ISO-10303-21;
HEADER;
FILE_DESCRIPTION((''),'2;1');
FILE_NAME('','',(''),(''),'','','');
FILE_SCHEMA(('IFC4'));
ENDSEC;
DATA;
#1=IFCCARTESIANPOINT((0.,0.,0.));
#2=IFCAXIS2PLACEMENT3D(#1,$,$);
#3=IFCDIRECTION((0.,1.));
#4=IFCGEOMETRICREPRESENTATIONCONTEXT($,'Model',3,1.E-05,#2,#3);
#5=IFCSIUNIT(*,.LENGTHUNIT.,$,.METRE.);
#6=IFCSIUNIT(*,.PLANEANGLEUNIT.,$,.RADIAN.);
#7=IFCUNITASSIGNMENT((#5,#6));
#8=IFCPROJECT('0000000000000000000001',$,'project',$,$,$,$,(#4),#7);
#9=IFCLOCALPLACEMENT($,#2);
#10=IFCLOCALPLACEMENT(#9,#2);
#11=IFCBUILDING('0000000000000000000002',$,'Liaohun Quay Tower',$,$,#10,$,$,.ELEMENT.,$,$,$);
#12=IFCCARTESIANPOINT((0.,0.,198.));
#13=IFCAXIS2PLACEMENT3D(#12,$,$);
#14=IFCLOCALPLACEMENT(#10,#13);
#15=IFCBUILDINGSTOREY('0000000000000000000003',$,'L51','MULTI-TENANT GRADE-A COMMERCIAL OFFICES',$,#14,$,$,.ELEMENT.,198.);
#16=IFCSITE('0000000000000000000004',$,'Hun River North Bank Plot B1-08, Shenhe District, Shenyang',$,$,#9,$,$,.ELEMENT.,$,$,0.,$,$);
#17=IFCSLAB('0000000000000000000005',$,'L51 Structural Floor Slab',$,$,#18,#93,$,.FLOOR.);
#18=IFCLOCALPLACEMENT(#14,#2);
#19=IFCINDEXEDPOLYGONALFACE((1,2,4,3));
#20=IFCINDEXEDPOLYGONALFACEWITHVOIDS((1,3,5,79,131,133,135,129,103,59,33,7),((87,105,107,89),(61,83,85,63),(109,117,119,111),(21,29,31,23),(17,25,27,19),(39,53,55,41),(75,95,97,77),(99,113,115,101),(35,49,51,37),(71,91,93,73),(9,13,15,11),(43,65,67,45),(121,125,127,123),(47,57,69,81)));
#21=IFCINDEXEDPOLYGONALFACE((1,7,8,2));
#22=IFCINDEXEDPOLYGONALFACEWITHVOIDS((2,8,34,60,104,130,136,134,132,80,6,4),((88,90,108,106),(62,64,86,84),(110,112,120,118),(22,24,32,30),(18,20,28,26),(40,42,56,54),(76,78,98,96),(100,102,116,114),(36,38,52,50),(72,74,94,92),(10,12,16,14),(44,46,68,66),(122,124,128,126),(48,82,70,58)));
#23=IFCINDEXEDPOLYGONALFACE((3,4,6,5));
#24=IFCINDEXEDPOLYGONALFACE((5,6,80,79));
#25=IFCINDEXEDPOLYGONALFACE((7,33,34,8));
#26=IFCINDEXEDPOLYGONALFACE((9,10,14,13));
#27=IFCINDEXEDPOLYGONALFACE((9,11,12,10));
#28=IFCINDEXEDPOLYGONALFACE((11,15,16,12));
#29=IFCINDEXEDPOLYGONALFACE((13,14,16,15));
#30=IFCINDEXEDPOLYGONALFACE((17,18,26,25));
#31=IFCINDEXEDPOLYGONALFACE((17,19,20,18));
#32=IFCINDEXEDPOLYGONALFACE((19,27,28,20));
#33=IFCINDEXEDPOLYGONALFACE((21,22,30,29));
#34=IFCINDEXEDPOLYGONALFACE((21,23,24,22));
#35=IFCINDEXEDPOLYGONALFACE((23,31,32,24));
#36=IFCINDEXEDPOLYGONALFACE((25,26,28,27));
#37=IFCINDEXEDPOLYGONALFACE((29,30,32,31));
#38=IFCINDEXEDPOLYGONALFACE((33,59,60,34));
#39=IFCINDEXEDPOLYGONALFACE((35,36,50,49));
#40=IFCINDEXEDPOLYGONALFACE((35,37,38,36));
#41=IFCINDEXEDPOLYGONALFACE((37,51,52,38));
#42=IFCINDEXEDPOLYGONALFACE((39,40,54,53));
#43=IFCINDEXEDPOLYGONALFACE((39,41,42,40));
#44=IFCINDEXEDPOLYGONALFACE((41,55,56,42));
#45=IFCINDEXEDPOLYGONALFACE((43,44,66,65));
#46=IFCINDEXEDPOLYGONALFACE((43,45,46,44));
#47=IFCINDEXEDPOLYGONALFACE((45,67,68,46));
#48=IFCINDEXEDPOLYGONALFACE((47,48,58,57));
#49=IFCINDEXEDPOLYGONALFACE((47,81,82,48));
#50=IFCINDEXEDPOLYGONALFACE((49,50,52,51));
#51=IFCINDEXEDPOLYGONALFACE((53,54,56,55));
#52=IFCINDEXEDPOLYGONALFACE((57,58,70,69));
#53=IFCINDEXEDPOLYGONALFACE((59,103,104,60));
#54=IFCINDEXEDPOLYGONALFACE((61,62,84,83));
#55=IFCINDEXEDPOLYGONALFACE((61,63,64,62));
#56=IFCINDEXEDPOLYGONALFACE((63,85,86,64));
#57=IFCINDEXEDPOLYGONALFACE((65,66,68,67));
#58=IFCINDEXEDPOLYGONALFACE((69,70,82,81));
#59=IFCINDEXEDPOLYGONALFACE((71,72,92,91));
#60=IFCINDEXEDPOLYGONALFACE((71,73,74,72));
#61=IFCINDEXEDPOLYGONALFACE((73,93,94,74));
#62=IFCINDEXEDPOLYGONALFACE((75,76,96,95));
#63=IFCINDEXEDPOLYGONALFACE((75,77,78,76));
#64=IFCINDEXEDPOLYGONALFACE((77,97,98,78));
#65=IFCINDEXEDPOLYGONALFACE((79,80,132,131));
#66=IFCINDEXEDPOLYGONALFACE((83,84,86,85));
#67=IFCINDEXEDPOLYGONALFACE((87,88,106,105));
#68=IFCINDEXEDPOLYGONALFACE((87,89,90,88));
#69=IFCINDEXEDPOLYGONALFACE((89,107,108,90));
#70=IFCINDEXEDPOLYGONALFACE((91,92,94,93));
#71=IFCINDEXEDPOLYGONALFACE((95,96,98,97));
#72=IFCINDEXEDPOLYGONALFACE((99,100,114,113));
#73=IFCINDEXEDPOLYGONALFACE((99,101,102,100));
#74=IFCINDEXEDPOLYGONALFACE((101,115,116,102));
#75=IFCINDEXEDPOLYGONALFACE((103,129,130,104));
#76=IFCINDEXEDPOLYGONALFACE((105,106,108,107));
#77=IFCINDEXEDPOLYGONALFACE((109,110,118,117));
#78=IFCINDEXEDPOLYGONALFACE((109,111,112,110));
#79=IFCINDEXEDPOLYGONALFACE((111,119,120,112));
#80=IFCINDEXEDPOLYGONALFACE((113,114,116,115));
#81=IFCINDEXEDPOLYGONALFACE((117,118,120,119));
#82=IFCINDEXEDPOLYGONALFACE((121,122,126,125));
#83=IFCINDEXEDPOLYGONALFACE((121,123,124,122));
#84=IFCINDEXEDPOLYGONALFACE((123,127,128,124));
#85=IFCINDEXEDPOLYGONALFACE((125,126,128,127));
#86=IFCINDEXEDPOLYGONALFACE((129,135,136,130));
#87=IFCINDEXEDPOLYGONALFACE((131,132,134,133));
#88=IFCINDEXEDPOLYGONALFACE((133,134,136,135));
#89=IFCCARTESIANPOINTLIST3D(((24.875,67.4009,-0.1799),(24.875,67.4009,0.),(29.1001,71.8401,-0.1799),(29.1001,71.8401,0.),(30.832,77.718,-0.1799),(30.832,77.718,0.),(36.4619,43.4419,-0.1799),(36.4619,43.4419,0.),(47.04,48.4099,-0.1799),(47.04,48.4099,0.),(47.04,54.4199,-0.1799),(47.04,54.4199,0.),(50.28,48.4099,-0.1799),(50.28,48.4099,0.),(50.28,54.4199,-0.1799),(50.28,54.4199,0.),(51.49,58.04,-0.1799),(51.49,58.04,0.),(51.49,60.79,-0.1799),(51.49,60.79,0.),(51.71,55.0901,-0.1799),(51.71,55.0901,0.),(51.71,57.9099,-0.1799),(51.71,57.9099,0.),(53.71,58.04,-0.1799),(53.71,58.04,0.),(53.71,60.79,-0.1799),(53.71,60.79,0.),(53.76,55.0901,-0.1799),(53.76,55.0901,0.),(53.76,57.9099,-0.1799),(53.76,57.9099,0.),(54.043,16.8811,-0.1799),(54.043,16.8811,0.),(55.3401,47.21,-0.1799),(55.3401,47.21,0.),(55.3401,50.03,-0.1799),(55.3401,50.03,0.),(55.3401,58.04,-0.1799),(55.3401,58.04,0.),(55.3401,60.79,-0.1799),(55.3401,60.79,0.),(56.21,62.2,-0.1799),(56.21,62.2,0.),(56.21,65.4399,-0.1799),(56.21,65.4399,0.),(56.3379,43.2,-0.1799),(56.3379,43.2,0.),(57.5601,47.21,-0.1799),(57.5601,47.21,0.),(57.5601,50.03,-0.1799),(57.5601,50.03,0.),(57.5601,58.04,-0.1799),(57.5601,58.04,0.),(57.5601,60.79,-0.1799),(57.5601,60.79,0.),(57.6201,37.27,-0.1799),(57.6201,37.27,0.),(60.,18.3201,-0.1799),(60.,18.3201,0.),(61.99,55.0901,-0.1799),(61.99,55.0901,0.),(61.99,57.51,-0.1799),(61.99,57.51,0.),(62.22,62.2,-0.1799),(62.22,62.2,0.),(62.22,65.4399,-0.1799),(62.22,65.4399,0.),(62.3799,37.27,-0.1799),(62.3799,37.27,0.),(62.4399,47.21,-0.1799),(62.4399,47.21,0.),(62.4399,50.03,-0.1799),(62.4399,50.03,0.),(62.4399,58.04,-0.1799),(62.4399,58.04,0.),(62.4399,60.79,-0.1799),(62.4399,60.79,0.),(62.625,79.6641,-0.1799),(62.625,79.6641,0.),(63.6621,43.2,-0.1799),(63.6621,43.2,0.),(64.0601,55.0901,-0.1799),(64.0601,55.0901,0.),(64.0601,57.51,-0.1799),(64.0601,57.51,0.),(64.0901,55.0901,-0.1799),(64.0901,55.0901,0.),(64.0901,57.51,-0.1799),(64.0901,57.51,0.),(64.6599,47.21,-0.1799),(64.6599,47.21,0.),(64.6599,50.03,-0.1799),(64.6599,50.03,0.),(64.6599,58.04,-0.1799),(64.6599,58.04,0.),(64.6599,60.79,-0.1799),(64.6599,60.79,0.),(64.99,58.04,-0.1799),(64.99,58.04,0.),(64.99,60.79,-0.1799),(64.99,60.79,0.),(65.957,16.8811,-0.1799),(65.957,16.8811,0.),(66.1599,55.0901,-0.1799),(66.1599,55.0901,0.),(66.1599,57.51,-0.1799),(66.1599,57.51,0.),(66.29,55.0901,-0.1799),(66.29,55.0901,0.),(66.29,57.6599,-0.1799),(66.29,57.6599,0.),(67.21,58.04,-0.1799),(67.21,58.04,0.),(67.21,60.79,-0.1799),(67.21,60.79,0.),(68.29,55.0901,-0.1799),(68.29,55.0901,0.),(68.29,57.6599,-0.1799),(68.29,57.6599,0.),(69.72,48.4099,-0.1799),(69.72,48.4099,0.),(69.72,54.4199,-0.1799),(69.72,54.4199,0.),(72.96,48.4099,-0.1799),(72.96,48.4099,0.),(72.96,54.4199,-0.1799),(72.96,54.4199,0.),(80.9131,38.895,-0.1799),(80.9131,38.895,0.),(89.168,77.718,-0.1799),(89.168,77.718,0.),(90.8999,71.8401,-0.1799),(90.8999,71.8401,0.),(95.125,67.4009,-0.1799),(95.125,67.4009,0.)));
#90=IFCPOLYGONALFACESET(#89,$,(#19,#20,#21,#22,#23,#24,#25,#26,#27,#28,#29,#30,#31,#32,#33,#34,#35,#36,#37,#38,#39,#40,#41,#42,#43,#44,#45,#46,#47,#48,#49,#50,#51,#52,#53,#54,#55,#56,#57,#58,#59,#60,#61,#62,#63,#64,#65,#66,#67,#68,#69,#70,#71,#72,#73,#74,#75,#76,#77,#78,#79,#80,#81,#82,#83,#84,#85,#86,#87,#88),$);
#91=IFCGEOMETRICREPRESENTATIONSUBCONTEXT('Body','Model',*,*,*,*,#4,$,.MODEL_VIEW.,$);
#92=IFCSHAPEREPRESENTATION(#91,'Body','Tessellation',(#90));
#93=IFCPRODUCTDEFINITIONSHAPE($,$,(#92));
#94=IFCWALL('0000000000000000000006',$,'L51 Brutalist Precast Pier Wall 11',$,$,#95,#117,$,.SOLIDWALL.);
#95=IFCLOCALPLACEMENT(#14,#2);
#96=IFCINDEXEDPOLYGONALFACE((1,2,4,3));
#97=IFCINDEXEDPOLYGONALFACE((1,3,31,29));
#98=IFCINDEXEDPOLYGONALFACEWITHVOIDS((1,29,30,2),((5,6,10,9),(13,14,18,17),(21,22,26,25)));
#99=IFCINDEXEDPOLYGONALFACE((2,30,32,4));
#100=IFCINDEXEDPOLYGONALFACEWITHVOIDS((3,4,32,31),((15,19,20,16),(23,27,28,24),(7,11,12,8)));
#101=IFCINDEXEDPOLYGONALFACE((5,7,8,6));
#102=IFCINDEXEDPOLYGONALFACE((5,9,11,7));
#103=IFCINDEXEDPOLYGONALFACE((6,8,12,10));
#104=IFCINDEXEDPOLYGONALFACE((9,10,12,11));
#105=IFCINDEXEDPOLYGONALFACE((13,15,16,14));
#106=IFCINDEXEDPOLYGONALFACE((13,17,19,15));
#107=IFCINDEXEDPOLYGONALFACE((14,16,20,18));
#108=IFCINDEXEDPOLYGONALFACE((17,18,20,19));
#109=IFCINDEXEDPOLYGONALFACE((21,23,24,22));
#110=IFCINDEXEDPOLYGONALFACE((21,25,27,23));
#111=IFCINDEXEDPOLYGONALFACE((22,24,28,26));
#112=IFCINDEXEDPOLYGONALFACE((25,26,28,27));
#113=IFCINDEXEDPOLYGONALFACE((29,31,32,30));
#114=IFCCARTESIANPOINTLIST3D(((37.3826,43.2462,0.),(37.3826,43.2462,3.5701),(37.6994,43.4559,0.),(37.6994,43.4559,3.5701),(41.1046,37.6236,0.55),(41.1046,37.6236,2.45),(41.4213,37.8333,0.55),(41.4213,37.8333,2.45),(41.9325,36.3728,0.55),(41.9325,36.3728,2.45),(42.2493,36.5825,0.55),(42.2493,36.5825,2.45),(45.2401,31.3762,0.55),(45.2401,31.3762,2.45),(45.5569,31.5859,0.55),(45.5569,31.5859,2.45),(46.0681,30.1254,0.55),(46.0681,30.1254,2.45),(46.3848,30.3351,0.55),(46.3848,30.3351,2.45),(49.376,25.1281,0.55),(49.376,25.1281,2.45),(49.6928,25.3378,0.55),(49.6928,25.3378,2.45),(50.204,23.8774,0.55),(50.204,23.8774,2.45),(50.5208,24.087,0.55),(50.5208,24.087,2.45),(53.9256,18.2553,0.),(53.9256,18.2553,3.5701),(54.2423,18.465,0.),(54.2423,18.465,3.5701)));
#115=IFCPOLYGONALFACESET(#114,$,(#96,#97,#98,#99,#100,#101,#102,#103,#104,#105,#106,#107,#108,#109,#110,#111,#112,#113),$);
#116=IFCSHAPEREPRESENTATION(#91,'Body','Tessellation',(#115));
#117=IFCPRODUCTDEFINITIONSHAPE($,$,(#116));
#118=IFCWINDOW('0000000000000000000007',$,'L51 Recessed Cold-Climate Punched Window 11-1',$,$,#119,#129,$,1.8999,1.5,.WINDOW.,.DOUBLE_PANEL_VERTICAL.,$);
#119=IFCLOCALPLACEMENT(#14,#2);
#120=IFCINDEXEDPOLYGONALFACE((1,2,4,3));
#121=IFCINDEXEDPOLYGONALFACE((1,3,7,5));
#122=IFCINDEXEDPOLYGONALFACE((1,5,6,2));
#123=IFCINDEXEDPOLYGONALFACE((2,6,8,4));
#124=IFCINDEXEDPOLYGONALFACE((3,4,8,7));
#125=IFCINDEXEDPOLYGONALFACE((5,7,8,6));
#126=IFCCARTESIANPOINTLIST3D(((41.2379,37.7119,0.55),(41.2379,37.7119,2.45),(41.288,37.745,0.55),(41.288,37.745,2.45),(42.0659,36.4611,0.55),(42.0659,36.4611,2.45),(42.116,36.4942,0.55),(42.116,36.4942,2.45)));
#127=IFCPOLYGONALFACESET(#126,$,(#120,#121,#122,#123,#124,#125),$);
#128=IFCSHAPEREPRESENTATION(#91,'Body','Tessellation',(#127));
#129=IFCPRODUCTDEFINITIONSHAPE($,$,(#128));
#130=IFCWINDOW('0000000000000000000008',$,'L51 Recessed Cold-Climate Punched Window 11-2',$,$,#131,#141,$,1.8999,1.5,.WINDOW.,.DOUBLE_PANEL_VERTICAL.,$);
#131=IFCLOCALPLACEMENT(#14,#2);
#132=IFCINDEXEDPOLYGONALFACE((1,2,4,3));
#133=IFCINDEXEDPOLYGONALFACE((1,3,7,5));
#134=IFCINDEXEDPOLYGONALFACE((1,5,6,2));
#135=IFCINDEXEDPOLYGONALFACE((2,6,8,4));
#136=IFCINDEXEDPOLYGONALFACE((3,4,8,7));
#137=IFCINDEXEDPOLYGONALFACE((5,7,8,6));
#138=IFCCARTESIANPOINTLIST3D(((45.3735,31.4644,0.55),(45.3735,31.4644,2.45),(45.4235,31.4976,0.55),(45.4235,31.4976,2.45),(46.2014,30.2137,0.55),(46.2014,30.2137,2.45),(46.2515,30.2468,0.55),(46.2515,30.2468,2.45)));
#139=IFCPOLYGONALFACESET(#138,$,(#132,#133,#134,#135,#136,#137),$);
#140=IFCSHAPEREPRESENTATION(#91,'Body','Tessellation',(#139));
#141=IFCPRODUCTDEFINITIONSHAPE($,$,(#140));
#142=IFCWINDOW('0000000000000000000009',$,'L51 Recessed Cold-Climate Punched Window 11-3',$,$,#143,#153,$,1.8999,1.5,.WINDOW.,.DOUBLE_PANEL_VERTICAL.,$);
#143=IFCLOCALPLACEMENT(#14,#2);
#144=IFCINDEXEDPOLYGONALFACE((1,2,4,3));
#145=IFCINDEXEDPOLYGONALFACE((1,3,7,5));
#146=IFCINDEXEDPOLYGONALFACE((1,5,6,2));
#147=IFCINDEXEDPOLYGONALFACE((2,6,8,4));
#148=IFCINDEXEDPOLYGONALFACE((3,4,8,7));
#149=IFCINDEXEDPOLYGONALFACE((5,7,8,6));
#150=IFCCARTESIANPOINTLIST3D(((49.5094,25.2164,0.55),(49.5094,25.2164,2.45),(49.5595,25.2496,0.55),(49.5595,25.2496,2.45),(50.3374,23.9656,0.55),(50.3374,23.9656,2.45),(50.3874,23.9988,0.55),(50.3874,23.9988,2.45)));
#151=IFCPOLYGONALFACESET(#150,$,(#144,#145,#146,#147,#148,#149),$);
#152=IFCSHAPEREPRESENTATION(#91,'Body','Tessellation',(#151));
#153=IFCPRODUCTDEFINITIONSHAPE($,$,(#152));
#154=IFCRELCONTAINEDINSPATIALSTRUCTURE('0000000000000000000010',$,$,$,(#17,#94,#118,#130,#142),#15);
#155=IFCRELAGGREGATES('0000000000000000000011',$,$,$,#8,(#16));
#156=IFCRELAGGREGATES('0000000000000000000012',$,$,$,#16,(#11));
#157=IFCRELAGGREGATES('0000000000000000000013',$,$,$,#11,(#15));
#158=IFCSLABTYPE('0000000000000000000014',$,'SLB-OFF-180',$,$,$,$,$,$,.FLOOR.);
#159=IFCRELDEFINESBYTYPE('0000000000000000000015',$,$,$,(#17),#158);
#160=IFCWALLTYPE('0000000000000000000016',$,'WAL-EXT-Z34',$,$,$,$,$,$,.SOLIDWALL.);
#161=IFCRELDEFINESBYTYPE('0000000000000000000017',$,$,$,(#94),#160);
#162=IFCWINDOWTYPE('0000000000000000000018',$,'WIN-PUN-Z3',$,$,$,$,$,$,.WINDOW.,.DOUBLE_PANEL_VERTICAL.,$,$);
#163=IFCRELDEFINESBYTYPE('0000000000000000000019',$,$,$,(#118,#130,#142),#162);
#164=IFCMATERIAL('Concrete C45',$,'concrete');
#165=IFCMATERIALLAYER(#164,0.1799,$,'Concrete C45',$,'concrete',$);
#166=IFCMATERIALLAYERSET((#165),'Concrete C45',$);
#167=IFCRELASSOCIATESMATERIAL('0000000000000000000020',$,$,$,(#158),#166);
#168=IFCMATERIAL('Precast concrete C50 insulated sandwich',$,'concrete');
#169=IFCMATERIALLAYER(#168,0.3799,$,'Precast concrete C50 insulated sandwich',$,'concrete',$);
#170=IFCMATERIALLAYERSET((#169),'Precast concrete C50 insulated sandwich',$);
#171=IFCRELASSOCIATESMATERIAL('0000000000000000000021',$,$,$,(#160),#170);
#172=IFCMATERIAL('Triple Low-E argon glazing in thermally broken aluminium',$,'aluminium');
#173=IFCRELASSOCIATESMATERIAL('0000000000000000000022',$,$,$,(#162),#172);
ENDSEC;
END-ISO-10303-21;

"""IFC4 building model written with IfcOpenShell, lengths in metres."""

from ifc_helpers import new_model, si_unit, direction, frame, frame_2d, origin, place, context, subcontext, project, spatial, polyline, rectangle, outline, extrude, source, transform, mapped, material, layer, layer_set, type_object, element, fill, save


model = new_model("IFC4")

# Units and contexts
model_context = context("Model", 3, precision=1e-05, world=origin(), true_north=direction((0.0, 1.0)))
body_context = subcontext(model_context, "Body", "Model", "MODEL_VIEW")
ifc_project = project(units=[si_unit("LENGTHUNIT", "METRE"), si_unit("PLANEANGLEUNIT", "RADIAN")], contexts=[model_context])

# Site, building, storey
site_placement = place(None, origin())
site = spatial("IfcSite", under=ifc_project, at=site_placement, Name="Hun River North Bank Plot B1-08, Shenhe District, Shenyang", CompositionType="ELEMENT", RefElevation=0.0)
building_placement = place(site_placement, origin())
building = spatial("IfcBuilding", under=site, at=building_placement, Name="Liaohun Quay Tower", CompositionType="ELEMENT")
storey_placement = place(building_placement, frame((0.0, 0.0, 198.0)))
storey = spatial("IfcBuildingStorey", under=building, at=storey_placement, Name="L51", Description="MULTI-TENANT GRADE-A COMMERCIAL OFFICES", CompositionType="ELEMENT", Elevation=198.0)

# Shared definitions
ifc_material_1 = material(Name="Concrete C45", Category="concrete")

# Slab
ifc_layer_1 = layer(ifc_material_1, 0.1799, Name="Concrete C45", Category="concrete")
ifc_layer_set_1 = layer_set([ifc_layer_1], Name="Concrete C45")
slab_type_1 = type_object("IfcSlabType", Name="SLB-OFF-180", PredefinedType="FLOOR", material=ifc_layer_set_1)
slab_1_placement = place(storey_placement, frame((0.0, 0.0, -0.1799)))
element("IfcSlab", 1, at=slab_1_placement, inside=storey, type_object=slab_type_1, Name="L51 Structural Floor Slab", PredefinedType="FLOOR", context=body_context, shape_type="SweptSolid", body=[
    extrude(outline(polyline([(54.043, 16.8811), (60.0, 18.3201), (65.957, 16.8811), (80.9131, 38.895), (95.125, 67.4009), (90.8999, 71.8401), (89.168, 77.718), (62.625, 79.6641), (30.832, 77.718), (29.1001, 71.8401), (24.875, 67.4009), (36.4619, 43.4419), (54.043, 16.8811)]), holes=[polyline([(63.6621, 43.2), (56.3379, 43.2), (57.6201, 37.27), (62.3799, 37.27), (63.6621, 43.2)]), polyline([(57.5601, 47.21), (57.5601, 50.03), (55.3401, 50.03), (55.3401, 47.21), (57.5601, 47.21)]), polyline([(50.28, 54.4199), (47.04, 54.4199), (47.04, 48.4099), (50.28, 48.4099), (50.28, 54.4199)]), polyline([(53.76, 55.0901), (53.76, 57.9099), (51.71, 57.9099), (51.71, 55.0901), (53.76, 55.0901)]), polyline([(53.71, 58.04), (53.71, 60.79), (51.49, 60.79), (51.49, 58.04), (53.71, 58.04)]), polyline([(57.5601, 58.04), (57.5601, 60.79), (55.3401, 60.79), (55.3401, 58.04), (57.5601, 58.04)]), polyline([(62.22, 62.2), (62.22, 65.4399), (56.21, 65.4399), (56.21, 62.2), (62.22, 62.2)]), polyline([(64.6599, 50.03), (62.4399, 50.03), (62.4399, 47.21), (64.6599, 47.21), (64.6599, 50.03)]), polyline([(72.96, 54.4199), (69.72, 54.4199), (69.72, 48.4099), (72.96, 48.4099), (72.96, 54.4199)]), polyline([(64.0601, 55.0901), (64.0601, 57.51), (61.99, 57.51), (61.99, 55.0901), (64.0601, 55.0901)]), polyline([(66.1599, 55.0901), (66.1599, 57.51), (64.0901, 57.51), (64.0901, 55.0901), (66.1599, 55.0901)]), polyline([(68.29, 55.0901), (68.29, 57.6599), (66.29, 57.6599), (66.29, 55.0901), (68.29, 55.0901)]), polyline([(64.6599, 58.04), (64.6599, 60.79), (62.4399, 60.79), (62.4399, 58.04), (64.6599, 58.04)]), polyline([(67.21, 58.04), (67.21, 60.79), (64.99, 60.79), (64.99, 58.04), (67.21, 58.04)])]), origin(), (0.0, 0.0, 1.0), 0.1799),
])

# Wall, openings, windows
ifc_material_2 = material(Name="Precast concrete C50 insulated sandwich", Category="concrete")
ifc_layer_2 = layer(ifc_material_2, 0.3799, Name="Precast concrete C50 insulated sandwich", Category="concrete")
ifc_layer_set_2 = layer_set([ifc_layer_2], Name="Precast concrete C50 insulated sandwich")
wall_type_1 = type_object("IfcWallType", Name="WAL-EXT-Z34", PredefinedType="SOLIDWALL", material=ifc_layer_set_2)
wall_1_placement = place(storey_placement, frame((37.541, 43.3511, 0.0), z_axis=(0.0, 0.0, 1.0), x_axis=(0.551979, -0.833858, 0.0)))
wall_1 = element("IfcWall", 2, at=wall_1_placement, inside=storey, type_object=wall_type_1, Name="L51 Brutalist Precast Pier Wall 11", PredefinedType="SOLIDWALL", context=body_context, shape_type="SweptSolid", body=[
    extrude(rectangle(XDim=29.9702, YDim=0.3799, at=frame_2d((14.9851, 0.0))), origin(), (0.0, 0.0, 1.0), 3.5701),
])
shared_shape_1 = source(origin(), body_context, "Body", "SweptSolid", [
    extrude(rectangle(XDim=1.5, YDim=1.8999, at=frame_2d((0.75, 0.95))), frame((0.0, 0.2, 0.0), z_axis=(0.0, -1.0, 0.0), x_axis=(1.0, 0.0, 0.0)), (0.0, 0.0, 1.0), 0.3999),
])
opening_1_placement = place(wall_1_placement, frame((6.7429, 0.0, 0.55)))
opening_1 = element("IfcOpeningElement", 3, at=opening_1_placement, cuts=wall_1, PredefinedType="OPENING", context=body_context, shape_type="MappedRepresentation", body=[
    mapped(shared_shape_1, transform((0.0, 0.0, 0.0), x_axis=(1.0, 0.0, 0.0), y_axis=(0.0, 1.0, 0.0), z_axis=(0.0, 0.0, 1.0), scale=1.0)),
])
opening_2_placement = place(wall_1_placement, frame((14.2351, 0.0, 0.55)))
opening_2 = element("IfcOpeningElement", 4, at=opening_2_placement, cuts=wall_1, PredefinedType="OPENING", context=body_context, shape_type="MappedRepresentation", body=[
    mapped(shared_shape_1, transform((0.0, 0.0, 0.0), x_axis=(1.0, 0.0, 0.0), y_axis=(0.0, 1.0, 0.0), z_axis=(0.0, 0.0, 1.0), scale=1.0)),
])
opening_3_placement = place(wall_1_placement, frame((21.728, 0.0, 0.55)))
opening_3 = element("IfcOpeningElement", 5, at=opening_3_placement, cuts=wall_1, PredefinedType="OPENING", context=body_context, shape_type="MappedRepresentation", body=[
    mapped(shared_shape_1, transform((0.0, 0.0, 0.0), x_axis=(1.0, 0.0, 0.0), y_axis=(0.0, 1.0, 0.0), z_axis=(0.0, 0.0, 1.0), scale=1.0)),
])
ifc_material_3 = material(Name="Triple Low-E argon glazing in thermally broken aluminium", Category="aluminium")
window_type = type_object("IfcWindowType", Name="WIN-PUN-Z3", PartitioningType="DOUBLE_PANEL_VERTICAL", PredefinedType="WINDOW", material=ifc_material_3)
shared_shape_2 = source(origin(), body_context, "Body", "SweptSolid", [
    extrude(rectangle(XDim=1.5, YDim=1.8999, at=frame_2d((0.75, 0.95))), frame((0.0, 0.03, 0.0), z_axis=(0.0, -1.0, 0.0), x_axis=(1.0, 0.0, 0.0)), (0.0, 0.0, 1.0), 0.0601),
])
window_1_placement = place(opening_1_placement, origin())
window_1 = element("IfcWindow", 6, at=window_1_placement, inside=storey, type_object=window_type, Name="L51 Recessed Cold-Climate Punched Window 11-1", OverallHeight=1.8999, OverallWidth=1.5, PartitioningType="DOUBLE_PANEL_VERTICAL", PredefinedType="WINDOW", context=body_context, shape_type="MappedRepresentation", body=[
    mapped(shared_shape_2, transform((0.0, 0.0, 0.0), x_axis=(1.0, 0.0, 0.0), y_axis=(0.0, 1.0, 0.0), z_axis=(0.0, 0.0, 1.0), scale=1.0)),
])
fill(opening_1, window_1)
window_2_placement = place(opening_2_placement, origin())
window_2 = element("IfcWindow", 7, at=window_2_placement, inside=storey, type_object=window_type, Name="L51 Recessed Cold-Climate Punched Window 11-2", OverallHeight=1.8999, OverallWidth=1.5, PartitioningType="DOUBLE_PANEL_VERTICAL", PredefinedType="WINDOW", context=body_context, shape_type="MappedRepresentation", body=[
    mapped(shared_shape_2, transform((0.0, 0.0, 0.0), x_axis=(1.0, 0.0, 0.0), y_axis=(0.0, 1.0, 0.0), z_axis=(0.0, 0.0, 1.0), scale=1.0)),
])
fill(opening_2, window_2)
window_3_placement = place(opening_3_placement, origin())
window_3 = element("IfcWindow", 8, at=window_3_placement, inside=storey, type_object=window_type, Name="L51 Recessed Cold-Climate Punched Window 11-3", OverallHeight=1.8999, OverallWidth=1.5, PartitioningType="DOUBLE_PANEL_VERTICAL", PredefinedType="WINDOW", context=body_context, shape_type="MappedRepresentation", body=[
    mapped(shared_shape_2, transform((0.0, 0.0, 0.0), x_axis=(1.0, 0.0, 0.0), y_axis=(0.0, 1.0, 0.0), z_axis=(0.0, 0.0, 1.0), scale=1.0)),
])
fill(opening_3, window_3)

save(model, "model.ifc")
